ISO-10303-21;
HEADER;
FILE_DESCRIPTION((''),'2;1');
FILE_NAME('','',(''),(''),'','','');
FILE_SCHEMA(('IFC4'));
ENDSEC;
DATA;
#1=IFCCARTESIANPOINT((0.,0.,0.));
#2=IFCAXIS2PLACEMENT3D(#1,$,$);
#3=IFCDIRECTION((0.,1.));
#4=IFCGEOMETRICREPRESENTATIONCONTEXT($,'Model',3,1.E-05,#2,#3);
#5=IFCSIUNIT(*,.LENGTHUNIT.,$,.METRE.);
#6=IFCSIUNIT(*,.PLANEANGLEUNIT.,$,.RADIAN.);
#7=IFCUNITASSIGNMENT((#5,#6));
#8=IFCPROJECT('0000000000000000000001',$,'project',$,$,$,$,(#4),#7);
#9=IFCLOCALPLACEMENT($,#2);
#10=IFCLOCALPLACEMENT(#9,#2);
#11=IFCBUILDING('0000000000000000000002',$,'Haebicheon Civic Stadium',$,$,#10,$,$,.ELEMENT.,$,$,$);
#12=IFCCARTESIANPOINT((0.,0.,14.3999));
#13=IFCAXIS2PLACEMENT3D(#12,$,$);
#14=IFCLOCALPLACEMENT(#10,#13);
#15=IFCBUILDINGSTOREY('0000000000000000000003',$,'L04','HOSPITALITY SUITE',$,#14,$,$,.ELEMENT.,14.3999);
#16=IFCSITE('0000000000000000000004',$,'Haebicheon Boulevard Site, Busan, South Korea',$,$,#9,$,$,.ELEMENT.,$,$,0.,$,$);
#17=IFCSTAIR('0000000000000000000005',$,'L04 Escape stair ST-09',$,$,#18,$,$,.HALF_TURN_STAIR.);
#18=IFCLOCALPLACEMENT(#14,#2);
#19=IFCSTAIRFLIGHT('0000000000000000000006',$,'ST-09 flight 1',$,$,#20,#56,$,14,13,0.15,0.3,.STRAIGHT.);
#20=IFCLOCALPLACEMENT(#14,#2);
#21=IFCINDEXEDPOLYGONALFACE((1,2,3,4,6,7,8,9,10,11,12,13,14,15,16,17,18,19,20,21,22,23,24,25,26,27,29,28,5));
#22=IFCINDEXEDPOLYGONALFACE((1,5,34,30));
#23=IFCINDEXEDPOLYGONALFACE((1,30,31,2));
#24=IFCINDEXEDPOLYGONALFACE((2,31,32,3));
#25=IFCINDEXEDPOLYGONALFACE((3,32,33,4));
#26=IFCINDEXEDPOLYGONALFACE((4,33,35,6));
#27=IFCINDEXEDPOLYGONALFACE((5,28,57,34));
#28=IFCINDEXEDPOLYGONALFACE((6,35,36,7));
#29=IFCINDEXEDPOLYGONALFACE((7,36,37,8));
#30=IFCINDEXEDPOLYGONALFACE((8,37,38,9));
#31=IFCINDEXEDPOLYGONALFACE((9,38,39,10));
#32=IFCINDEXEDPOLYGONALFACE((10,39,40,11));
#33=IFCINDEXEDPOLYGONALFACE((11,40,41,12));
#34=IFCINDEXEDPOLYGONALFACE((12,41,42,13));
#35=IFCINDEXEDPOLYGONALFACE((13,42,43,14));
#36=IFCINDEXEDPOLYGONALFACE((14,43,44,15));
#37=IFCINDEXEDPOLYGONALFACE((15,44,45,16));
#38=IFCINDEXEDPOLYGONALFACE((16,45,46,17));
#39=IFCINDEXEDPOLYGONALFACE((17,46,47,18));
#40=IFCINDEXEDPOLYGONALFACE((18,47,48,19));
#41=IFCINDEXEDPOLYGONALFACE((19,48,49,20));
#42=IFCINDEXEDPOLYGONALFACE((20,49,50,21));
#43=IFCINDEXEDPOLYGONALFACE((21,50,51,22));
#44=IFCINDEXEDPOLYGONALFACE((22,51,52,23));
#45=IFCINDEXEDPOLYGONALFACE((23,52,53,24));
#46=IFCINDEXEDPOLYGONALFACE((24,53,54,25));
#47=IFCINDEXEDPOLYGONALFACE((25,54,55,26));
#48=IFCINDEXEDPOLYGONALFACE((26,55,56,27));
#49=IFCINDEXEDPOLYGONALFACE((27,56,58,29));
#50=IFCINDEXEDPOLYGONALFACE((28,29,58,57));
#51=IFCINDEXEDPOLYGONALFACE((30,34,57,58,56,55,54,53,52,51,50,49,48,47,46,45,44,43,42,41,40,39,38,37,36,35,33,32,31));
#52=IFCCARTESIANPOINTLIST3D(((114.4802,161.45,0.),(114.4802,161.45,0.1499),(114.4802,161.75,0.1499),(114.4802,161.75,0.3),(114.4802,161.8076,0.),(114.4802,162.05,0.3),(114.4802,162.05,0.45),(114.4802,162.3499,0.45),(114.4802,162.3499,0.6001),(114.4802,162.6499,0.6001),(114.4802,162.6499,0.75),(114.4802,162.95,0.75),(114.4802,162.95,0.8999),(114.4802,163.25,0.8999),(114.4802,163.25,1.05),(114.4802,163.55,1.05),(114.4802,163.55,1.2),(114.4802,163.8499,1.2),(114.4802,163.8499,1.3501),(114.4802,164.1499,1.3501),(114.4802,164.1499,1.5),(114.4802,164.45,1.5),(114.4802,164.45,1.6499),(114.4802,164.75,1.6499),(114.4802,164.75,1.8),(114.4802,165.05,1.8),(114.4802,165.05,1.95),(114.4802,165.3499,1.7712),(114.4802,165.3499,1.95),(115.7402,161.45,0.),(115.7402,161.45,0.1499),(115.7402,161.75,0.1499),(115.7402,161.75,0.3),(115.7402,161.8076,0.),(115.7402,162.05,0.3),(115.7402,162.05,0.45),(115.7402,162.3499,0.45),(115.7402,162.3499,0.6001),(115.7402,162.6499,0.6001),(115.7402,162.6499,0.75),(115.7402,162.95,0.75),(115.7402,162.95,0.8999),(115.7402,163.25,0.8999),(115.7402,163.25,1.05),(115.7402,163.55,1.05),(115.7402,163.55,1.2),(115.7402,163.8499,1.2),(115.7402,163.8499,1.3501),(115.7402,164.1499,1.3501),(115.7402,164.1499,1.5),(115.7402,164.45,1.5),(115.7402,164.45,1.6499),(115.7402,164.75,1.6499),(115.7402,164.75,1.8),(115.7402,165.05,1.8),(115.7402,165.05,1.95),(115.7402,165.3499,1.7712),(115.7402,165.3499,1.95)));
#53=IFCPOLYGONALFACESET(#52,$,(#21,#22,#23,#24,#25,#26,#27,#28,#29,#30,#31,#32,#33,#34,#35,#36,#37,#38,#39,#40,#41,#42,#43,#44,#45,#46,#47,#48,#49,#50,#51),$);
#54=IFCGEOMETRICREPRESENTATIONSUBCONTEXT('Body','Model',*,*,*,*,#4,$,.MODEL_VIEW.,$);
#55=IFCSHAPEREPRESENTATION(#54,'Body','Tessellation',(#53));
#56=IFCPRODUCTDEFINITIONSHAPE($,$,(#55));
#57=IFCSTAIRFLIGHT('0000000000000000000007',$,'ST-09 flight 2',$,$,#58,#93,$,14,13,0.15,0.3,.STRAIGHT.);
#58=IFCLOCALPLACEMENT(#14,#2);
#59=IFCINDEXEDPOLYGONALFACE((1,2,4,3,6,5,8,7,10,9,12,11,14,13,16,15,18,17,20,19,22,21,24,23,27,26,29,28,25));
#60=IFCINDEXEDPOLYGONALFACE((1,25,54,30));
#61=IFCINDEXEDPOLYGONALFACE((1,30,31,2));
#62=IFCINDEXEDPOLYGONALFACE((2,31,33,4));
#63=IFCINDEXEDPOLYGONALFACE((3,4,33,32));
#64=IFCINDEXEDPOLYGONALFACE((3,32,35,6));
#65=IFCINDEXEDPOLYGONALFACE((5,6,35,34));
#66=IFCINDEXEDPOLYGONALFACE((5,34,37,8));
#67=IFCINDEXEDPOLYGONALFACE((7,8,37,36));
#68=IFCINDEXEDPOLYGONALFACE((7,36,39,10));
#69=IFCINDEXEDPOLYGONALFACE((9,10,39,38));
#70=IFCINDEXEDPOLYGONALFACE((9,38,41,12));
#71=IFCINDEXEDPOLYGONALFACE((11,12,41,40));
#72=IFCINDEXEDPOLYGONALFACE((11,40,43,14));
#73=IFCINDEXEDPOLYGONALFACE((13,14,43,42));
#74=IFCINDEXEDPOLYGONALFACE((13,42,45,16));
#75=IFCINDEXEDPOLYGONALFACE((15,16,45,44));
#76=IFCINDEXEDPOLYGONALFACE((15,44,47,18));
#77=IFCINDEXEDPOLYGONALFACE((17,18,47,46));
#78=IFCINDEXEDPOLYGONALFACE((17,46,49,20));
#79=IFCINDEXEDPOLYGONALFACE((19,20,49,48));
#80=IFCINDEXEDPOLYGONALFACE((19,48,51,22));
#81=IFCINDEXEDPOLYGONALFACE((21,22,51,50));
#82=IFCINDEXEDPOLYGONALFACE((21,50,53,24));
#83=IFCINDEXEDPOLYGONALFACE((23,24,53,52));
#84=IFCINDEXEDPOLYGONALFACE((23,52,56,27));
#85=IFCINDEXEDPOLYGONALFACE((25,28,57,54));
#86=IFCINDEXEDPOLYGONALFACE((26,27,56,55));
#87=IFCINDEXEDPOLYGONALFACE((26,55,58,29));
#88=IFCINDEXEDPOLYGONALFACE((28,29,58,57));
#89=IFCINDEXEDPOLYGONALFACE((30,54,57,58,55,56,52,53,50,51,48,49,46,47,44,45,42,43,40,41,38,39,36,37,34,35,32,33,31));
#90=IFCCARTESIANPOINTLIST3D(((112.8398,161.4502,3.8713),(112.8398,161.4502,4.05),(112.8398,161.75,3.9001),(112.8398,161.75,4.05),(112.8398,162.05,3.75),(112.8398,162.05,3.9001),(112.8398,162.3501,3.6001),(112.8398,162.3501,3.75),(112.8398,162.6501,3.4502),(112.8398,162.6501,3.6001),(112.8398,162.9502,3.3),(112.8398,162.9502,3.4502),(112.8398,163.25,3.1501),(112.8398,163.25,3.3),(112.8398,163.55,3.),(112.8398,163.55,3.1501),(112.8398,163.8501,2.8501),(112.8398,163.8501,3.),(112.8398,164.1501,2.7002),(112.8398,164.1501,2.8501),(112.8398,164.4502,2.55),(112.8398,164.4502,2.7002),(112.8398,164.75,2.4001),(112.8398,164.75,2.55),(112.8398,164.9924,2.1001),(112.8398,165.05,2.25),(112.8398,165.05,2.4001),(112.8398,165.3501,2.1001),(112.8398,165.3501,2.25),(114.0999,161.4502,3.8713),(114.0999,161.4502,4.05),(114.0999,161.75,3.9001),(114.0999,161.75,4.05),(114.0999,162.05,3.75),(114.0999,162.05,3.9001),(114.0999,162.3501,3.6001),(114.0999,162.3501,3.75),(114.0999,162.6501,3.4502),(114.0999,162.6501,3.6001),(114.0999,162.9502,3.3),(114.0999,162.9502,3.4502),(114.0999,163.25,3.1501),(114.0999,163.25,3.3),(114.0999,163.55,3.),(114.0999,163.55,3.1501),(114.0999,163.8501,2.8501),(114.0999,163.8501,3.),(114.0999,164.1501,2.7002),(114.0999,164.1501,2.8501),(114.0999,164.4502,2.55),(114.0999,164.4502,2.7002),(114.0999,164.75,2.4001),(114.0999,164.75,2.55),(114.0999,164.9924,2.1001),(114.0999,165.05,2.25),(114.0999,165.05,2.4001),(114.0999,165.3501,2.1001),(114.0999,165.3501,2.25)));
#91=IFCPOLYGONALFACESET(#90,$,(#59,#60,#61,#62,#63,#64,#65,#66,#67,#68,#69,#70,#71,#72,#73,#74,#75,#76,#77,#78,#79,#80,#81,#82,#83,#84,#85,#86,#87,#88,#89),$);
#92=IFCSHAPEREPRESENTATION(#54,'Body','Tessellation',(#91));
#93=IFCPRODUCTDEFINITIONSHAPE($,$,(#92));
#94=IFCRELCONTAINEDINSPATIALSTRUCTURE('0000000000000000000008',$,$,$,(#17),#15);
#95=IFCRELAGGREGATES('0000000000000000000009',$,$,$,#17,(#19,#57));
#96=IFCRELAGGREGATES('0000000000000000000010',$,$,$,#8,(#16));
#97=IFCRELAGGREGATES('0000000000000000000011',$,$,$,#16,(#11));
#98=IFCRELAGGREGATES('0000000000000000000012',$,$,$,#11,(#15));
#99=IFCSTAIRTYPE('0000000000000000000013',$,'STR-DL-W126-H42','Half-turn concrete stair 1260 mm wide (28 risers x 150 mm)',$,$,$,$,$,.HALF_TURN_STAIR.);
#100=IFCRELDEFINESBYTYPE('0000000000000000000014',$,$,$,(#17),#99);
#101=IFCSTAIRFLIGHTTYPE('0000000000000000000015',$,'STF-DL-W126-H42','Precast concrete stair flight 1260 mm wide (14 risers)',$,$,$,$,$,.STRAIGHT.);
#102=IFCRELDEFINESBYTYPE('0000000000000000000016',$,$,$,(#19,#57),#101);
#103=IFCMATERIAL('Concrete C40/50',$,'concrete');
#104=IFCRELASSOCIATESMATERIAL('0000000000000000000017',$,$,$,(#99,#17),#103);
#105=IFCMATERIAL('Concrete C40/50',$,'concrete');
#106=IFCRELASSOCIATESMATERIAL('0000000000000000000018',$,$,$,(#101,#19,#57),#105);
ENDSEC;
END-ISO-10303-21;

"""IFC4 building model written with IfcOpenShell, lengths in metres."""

from ifc_helpers import new_model, si_unit, direction, frame, origin, place, context, subcontext, project, spatial, polyline, outline, extrude, material, type_object, element, aggregate, save


model = new_model("IFC4")

# Units and contexts
model_context = context("Model", 3, precision=1e-05, world=origin(), true_north=direction((0.0, 1.0)))
body_context = subcontext(model_context, "Body", "Model", "MODEL_VIEW")
ifc_project = project(units=[si_unit("LENGTHUNIT", "METRE"), si_unit("PLANEANGLEUNIT", "RADIAN")], contexts=[model_context])

# Site, building, storey
site_placement = place(None, origin())
site = spatial("IfcSite", under=ifc_project, at=site_placement, Name="Haebicheon Boulevard Site, Busan, South Korea", CompositionType="ELEMENT", RefElevation=0.0)
building_placement = place(site_placement, origin())
building = spatial("IfcBuilding", under=site, at=building_placement, Name="Haebicheon Civic Stadium", CompositionType="ELEMENT")
storey_placement = place(building_placement, frame((0.0, 0.0, 14.3999)))
storey = spatial("IfcBuildingStorey", under=building, at=storey_placement, Name="L04", Description="HOSPITALITY SUITE", CompositionType="ELEMENT", Elevation=14.3999)

# Stair, stair flights
ifc_material_1 = material(Name="Concrete C40/50", Category="concrete")
stair_type = type_object("IfcStairType", Name="STR-DL-W126-H42", Description="Half-turn concrete stair 1260 mm wide (28 risers x 150 mm)", PredefinedType="HALF_TURN_STAIR", material=ifc_material_1)
stair_placement = place(storey_placement, origin())
stair = element("IfcStair", 1, at=stair_placement, inside=storey, type_object=stair_type, material=ifc_material_1, Name="L04 Escape stair ST-09", PredefinedType="HALF_TURN_STAIR")
ifc_material_2 = material(Name="Concrete C40/50", Category="concrete")
stair_flight_type = type_object("IfcStairFlightType", Name="STF-DL-W126-H42", Description="Precast concrete stair flight 1260 mm wide (14 risers)", PredefinedType="STRAIGHT", material=ifc_material_2)
stair_flight_1_placement = place(storey_placement, frame((115.1101, 161.45, 0.0), z_axis=(0.0, 0.0, 1.0), x_axis=(0.0, 1.0, 0.0)))
stair_flight_1 = element("IfcStairFlight", 2, at=stair_flight_1_placement, type_object=stair_flight_type, material=ifc_material_2, Name="ST-09 flight 1", NumberOfRisers=14, NumberOfTreads=13, PredefinedType="STRAIGHT", RiserHeight=0.15, TreadLength=0.3, context=body_context, shape_type="SweptSolid", body=[
    extrude(outline(polyline([(0.0, 0.0), (0.0, 0.1499), (0.3, 0.1499), (0.3, 0.3), (0.6001, 0.3), (0.6001, 0.45), (0.8999, 0.45), (0.8999, 0.6001), (1.2, 0.6001), (1.2, 0.75), (1.5, 0.75), (1.5, 0.8999), (1.8, 0.8999), (1.8, 1.05), (2.1001, 1.05), (2.1001, 1.2), (2.3999, 1.2), (2.3999, 1.3501), (2.7, 1.3501), (2.7, 1.5), (3.0, 1.5), (3.0, 1.6499), (3.3, 1.6499), (3.3, 1.8), (3.6001, 1.8), (3.6001, 1.95), (3.8999, 1.95), (3.8999, 2.1001), (3.8999, 1.7712), (0.3577, 0.0), (0.0, 0.0)])), frame((0.0, 0.6299, 0.0), z_axis=(0.0, -1.0, 0.0), x_axis=(1.0, 0.0, 0.0)), (0.0, 0.0, 1.0), 1.26),
])
stair_flight_2_placement = place(storey_placement, frame((113.47, 165.3501, 2.1001), z_axis=(0.0, 0.0, 1.0), x_axis=(0.0, -1.0, 0.0)))
stair_flight_2 = element("IfcStairFlight", 3, at=stair_flight_2_placement, type_object=stair_flight_type, material=ifc_material_2, Name="ST-09 flight 2", NumberOfRisers=14, NumberOfTreads=13, PredefinedType="STRAIGHT", RiserHeight=0.15, TreadLength=0.3, context=body_context, shape_type="SweptSolid", body=[
    extrude(outline(polyline([(0.0, 0.0), (0.0, 0.1499), (0.3, 0.1499), (0.3, 0.3), (0.6001, 0.3), (0.6001, 0.45), (0.8999, 0.45), (0.8999, 0.6001), (1.2, 0.6001), (1.2, 0.75), (1.5, 0.75), (1.5, 0.8999), (1.8, 0.8999), (1.8, 1.05), (2.1001, 1.05), (2.1001, 1.2), (2.3999, 1.2), (2.3999, 1.3501), (2.7, 1.3501), (2.7, 1.5), (3.0, 1.5), (3.0, 1.6499), (3.3, 1.6499), (3.3, 1.8), (3.6001, 1.8), (3.6001, 1.95), (3.8999, 1.95), (3.8999, 2.1001), (3.8999, 1.7712), (0.3577, 0.0), (0.0, 0.0)])), frame((0.0, 0.6299, 0.0), z_axis=(0.0, -1.0, 0.0), x_axis=(1.0, 0.0, 0.0)), (0.0, 0.0, 1.0), 1.26),
])
aggregate(stair, [stair_flight_1, stair_flight_2])

save(model, "model.ifc")
